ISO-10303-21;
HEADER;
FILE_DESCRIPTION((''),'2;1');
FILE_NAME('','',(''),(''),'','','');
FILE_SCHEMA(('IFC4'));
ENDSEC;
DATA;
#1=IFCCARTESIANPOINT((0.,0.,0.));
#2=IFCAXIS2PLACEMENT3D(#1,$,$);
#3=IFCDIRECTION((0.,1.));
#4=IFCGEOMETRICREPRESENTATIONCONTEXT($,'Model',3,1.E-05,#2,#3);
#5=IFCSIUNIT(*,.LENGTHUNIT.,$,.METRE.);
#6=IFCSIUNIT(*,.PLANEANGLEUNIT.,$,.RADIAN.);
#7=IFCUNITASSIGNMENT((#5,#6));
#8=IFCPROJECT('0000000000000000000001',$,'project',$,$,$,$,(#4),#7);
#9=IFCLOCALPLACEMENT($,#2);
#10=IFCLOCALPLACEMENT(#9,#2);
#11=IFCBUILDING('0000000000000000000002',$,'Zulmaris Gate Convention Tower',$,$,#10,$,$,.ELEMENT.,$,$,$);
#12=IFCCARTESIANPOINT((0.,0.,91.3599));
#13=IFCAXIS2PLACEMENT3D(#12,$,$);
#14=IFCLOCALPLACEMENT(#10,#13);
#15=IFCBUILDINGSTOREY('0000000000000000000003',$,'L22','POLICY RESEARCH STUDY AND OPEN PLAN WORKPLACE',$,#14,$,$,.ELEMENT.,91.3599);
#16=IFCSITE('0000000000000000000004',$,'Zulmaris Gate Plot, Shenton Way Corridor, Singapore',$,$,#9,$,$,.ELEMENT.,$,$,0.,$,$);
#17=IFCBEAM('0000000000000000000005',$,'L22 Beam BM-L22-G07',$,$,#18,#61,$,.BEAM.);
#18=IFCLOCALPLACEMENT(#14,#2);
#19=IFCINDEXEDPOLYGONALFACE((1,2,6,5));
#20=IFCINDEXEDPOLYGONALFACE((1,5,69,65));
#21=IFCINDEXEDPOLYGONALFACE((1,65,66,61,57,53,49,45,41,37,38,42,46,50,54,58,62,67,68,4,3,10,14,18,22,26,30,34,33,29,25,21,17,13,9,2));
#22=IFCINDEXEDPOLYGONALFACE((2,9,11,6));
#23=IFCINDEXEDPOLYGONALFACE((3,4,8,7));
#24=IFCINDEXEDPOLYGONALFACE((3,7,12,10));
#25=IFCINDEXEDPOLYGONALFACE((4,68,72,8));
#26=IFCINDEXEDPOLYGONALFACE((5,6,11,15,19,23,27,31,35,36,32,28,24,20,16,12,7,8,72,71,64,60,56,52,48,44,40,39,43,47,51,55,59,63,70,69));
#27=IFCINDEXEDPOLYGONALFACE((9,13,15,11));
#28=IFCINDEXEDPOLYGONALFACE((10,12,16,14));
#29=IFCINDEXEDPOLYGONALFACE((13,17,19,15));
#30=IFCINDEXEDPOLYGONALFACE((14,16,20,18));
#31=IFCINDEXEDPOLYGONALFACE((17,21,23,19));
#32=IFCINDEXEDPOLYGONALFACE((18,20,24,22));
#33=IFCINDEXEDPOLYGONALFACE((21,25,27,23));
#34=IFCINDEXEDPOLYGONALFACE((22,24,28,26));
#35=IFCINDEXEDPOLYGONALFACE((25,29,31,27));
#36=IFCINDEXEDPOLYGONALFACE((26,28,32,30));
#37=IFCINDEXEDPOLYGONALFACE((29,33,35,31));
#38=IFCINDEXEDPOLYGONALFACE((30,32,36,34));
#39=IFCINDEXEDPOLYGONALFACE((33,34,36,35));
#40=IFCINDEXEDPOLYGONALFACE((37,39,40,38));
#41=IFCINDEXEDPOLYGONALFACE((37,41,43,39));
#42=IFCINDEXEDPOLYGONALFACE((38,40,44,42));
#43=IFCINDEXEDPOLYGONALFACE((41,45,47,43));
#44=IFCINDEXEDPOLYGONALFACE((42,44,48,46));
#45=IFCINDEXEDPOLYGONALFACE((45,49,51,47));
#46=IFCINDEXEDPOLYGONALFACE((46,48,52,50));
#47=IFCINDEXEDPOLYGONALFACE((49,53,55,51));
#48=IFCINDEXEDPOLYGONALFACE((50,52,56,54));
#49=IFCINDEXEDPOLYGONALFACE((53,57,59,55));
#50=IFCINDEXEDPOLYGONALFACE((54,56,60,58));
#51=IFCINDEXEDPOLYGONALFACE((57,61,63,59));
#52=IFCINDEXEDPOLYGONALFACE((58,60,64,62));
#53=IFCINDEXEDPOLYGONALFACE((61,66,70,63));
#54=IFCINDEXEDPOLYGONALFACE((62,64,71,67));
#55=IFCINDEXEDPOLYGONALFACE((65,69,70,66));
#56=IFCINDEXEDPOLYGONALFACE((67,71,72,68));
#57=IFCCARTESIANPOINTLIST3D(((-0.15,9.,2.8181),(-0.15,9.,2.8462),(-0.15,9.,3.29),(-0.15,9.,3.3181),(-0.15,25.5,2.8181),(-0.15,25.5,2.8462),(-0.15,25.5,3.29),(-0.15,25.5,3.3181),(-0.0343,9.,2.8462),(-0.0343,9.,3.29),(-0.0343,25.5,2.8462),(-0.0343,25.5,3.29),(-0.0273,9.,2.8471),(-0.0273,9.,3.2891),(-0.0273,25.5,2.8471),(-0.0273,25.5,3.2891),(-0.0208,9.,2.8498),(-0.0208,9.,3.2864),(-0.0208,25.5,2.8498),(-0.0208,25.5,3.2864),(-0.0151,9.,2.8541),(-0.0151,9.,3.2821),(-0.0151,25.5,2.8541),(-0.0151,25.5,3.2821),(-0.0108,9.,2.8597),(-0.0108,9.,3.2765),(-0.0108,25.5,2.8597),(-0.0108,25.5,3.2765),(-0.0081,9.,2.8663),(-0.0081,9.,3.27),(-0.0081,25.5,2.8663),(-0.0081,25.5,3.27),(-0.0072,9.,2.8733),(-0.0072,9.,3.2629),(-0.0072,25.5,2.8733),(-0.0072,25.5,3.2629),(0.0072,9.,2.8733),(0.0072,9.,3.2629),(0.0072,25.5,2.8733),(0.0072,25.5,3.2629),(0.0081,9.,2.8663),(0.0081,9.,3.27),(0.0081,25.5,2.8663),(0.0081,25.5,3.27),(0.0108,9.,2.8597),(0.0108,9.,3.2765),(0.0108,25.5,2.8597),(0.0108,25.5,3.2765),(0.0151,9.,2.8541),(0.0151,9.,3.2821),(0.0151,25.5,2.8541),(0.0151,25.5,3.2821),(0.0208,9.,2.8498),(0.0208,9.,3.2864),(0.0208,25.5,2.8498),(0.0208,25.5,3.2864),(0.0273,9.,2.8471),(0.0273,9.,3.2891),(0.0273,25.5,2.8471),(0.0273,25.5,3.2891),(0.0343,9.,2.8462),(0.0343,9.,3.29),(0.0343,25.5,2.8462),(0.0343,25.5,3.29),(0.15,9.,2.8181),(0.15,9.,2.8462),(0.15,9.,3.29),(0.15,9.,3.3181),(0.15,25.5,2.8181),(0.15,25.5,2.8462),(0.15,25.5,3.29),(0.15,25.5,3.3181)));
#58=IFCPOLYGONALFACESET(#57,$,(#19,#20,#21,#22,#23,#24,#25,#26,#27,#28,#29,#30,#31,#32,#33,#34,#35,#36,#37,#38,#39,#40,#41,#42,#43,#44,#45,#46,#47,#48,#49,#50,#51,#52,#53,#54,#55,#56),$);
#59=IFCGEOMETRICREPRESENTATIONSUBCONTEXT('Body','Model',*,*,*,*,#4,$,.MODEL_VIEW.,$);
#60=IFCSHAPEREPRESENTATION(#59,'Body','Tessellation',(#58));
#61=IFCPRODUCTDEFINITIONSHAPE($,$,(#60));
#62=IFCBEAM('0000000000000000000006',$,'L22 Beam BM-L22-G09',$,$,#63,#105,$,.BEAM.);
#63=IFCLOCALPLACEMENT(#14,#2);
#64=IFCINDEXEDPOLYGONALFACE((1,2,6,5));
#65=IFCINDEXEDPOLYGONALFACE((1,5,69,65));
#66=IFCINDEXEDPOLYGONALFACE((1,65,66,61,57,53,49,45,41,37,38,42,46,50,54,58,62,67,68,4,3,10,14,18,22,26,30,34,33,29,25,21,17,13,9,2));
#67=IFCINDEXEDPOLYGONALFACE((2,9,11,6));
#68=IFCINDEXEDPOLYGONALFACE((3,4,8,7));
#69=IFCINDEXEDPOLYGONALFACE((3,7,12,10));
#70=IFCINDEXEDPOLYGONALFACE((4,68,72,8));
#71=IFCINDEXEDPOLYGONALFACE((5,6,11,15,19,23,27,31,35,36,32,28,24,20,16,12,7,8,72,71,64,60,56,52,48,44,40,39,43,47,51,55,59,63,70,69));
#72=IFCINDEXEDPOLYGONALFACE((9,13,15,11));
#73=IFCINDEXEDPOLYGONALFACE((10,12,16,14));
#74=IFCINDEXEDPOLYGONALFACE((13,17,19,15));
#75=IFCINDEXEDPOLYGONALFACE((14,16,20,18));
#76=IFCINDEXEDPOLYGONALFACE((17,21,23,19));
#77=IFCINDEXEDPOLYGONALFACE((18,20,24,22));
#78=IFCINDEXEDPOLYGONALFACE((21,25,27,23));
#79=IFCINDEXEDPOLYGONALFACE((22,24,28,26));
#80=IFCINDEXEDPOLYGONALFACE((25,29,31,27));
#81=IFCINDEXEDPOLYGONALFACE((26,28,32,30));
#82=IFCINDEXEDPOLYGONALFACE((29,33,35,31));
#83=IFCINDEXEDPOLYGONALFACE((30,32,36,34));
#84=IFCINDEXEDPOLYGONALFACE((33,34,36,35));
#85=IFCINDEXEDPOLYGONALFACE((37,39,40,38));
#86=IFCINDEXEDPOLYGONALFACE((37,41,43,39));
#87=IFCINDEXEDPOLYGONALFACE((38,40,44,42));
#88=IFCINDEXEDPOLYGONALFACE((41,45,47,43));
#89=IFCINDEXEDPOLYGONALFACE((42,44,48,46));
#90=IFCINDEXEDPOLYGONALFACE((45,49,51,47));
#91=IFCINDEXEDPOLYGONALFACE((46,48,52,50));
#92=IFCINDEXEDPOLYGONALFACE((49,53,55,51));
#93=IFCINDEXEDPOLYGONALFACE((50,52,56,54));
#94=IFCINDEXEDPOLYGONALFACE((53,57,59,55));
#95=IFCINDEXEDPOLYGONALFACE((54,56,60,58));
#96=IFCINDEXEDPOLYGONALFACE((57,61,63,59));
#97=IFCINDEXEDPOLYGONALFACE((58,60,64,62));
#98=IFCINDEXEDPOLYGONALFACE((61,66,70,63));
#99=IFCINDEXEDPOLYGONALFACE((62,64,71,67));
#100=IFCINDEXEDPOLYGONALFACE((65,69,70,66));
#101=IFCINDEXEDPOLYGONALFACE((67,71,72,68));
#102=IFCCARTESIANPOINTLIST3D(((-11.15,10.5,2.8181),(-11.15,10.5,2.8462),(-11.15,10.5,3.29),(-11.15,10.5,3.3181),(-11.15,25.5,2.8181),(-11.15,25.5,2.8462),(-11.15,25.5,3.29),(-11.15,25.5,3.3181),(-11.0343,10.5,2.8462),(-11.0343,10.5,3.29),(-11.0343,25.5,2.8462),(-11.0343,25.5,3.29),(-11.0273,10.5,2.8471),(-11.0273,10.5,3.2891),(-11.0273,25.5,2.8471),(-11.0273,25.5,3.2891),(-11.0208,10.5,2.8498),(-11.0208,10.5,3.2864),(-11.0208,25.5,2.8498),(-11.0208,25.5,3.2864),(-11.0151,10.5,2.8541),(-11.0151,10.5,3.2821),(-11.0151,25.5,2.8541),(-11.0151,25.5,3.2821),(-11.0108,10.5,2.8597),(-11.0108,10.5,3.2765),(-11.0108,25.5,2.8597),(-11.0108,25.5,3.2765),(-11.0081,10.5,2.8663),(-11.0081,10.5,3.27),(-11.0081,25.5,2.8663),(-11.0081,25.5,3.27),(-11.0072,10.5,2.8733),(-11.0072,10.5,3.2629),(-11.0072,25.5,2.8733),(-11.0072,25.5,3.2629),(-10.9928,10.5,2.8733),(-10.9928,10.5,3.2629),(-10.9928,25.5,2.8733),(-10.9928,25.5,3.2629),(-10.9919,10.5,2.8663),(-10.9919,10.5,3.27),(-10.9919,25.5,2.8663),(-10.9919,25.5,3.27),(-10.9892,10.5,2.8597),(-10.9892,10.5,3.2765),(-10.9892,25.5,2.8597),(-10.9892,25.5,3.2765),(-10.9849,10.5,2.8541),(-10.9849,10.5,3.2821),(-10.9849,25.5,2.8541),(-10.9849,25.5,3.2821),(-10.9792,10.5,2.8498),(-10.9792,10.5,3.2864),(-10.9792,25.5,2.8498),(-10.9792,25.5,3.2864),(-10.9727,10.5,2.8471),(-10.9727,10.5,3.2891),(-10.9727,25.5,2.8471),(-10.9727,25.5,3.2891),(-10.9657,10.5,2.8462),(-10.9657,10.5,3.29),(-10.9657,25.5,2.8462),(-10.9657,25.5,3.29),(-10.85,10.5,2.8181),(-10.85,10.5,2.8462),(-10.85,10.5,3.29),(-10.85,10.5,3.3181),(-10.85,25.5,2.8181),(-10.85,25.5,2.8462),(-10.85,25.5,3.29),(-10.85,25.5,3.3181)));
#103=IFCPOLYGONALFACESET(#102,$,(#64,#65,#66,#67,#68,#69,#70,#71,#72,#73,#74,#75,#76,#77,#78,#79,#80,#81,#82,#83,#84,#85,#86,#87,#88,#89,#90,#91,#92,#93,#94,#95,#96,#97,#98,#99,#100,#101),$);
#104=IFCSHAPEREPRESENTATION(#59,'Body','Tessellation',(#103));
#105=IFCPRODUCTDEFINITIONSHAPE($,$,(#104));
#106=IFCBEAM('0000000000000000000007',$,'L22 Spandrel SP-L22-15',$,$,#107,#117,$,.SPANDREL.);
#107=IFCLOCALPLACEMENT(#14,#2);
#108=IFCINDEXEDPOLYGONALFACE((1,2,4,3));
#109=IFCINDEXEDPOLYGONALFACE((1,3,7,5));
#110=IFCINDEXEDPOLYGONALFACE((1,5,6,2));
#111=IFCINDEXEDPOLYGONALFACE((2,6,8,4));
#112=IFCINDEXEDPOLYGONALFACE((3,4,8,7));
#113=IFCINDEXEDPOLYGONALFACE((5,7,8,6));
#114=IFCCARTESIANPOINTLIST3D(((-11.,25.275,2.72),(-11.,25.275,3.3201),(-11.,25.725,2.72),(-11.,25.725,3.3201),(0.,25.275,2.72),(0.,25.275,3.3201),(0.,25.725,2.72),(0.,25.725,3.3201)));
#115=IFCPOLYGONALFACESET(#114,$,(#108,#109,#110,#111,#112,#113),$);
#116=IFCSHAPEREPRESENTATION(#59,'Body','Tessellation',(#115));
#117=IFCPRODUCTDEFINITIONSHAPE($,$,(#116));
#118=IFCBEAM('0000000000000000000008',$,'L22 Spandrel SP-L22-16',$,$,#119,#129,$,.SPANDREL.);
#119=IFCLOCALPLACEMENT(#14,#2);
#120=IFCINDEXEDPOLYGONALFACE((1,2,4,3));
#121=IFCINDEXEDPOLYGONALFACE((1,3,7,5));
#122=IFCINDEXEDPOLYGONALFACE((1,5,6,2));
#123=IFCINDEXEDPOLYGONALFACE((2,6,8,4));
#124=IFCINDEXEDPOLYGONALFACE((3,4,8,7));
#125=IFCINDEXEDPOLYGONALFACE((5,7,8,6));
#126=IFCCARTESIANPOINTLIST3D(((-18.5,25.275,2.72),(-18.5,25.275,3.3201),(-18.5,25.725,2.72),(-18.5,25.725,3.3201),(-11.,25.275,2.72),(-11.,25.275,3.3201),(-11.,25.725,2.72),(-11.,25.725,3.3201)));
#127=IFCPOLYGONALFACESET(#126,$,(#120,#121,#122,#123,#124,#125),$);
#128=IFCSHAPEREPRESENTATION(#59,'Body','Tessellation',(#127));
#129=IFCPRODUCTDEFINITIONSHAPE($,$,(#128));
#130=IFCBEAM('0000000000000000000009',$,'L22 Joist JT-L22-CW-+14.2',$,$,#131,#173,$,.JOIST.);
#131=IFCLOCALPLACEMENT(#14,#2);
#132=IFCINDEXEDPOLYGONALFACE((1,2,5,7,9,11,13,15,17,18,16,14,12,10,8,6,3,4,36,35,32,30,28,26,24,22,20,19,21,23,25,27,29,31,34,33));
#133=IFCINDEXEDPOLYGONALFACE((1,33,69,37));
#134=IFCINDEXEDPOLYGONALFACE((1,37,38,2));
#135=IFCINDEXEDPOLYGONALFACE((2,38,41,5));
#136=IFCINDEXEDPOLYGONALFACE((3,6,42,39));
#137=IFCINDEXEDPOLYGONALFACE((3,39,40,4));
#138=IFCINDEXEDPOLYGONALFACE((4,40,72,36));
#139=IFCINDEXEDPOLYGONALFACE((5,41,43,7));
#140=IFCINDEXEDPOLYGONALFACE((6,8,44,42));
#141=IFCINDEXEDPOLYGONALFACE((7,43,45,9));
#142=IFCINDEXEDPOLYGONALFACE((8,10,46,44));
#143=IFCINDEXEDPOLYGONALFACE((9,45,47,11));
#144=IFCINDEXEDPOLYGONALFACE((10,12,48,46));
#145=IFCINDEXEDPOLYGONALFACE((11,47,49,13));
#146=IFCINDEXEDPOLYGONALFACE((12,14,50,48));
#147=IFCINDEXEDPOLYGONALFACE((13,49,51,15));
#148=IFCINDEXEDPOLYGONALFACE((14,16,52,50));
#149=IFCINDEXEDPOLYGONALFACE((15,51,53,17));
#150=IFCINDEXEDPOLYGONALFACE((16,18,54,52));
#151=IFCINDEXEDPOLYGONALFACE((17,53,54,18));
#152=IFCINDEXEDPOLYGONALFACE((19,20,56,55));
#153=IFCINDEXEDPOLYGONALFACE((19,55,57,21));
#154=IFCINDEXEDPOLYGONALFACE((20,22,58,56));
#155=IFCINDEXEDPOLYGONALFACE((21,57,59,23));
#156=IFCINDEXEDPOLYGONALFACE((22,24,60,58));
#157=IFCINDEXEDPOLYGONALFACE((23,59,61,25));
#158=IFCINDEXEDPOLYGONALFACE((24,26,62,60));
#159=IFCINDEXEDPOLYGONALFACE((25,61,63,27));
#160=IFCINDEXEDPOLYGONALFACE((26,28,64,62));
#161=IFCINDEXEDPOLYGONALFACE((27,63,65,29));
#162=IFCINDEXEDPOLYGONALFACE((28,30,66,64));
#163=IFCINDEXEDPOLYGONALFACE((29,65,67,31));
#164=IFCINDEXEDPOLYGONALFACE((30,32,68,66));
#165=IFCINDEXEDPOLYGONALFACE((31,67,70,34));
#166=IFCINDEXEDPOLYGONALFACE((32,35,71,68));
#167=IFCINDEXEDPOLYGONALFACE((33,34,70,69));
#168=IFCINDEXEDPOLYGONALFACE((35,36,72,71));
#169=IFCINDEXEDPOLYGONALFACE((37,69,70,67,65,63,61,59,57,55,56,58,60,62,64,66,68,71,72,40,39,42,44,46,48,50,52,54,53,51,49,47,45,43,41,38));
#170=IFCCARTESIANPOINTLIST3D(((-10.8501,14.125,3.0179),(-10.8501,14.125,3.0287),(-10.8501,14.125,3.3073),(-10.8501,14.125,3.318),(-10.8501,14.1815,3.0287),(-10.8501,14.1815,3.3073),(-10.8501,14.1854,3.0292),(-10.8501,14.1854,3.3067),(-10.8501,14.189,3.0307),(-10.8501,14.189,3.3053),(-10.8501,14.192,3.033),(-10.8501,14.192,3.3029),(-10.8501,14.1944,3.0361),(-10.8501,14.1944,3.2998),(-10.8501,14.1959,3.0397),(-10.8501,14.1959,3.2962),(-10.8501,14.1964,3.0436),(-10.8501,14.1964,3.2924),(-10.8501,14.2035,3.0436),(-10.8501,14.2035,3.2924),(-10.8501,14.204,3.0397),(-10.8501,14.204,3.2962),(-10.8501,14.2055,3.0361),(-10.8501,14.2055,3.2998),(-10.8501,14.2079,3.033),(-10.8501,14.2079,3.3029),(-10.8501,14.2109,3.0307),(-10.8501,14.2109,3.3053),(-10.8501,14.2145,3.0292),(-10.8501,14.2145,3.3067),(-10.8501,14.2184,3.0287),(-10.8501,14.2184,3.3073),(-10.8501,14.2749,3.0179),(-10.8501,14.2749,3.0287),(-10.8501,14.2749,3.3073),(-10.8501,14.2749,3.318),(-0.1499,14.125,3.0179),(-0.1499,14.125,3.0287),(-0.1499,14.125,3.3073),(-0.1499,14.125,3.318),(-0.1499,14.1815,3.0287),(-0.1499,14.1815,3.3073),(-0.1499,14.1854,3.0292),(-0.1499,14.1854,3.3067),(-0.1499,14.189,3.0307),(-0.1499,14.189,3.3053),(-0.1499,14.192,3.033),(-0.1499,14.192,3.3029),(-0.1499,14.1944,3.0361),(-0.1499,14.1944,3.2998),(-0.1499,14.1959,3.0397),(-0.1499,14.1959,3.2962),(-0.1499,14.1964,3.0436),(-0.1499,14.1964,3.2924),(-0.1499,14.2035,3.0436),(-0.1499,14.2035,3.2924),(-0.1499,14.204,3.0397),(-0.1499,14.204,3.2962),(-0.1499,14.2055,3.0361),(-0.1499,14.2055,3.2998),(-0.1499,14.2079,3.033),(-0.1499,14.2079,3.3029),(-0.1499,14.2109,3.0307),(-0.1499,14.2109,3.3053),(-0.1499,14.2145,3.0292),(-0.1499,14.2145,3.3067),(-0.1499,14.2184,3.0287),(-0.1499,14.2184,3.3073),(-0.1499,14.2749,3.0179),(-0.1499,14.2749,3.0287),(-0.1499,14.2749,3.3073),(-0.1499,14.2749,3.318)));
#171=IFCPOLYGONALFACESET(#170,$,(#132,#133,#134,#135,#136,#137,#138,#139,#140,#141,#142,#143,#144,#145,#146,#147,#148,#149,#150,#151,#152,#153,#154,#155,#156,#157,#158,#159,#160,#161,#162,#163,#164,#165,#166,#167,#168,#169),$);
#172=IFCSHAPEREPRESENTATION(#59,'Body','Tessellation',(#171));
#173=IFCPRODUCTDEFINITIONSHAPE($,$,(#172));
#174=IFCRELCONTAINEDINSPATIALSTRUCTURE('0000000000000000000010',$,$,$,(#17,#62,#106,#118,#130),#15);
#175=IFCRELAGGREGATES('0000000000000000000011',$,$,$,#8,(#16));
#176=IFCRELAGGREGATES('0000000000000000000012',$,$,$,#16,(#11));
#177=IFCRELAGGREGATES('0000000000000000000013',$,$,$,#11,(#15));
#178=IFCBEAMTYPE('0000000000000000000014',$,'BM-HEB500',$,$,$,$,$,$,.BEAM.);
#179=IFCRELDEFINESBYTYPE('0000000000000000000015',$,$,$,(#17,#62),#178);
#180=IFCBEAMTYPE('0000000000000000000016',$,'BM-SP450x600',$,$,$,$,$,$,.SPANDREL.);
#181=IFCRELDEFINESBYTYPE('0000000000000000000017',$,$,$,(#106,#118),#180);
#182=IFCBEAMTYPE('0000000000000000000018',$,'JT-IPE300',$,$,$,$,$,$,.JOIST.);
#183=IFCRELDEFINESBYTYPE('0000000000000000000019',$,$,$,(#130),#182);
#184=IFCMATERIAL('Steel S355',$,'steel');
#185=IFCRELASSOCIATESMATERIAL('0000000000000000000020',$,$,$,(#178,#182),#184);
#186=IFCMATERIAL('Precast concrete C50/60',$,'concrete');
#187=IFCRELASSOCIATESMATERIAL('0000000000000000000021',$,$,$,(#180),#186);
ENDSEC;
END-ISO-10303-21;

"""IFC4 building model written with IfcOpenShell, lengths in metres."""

from ifc_helpers import new_model, si_unit, direction, frame, origin, origin_2d, place, context, subcontext, project, spatial, rectangle, i_section, extrude, material, material_profile, profile_set, type_object, element, save


model = new_model("IFC4")

# Units and contexts
model_context = context("Model", 3, precision=1e-05, world=origin(), true_north=direction((0.0, 1.0)))
body_context = subcontext(model_context, "Body", "Model", "MODEL_VIEW")
ifc_project = project(units=[si_unit("LENGTHUNIT", "METRE"), si_unit("PLANEANGLEUNIT", "RADIAN")], contexts=[model_context])

# Site, building, storey
site_placement = place(None, origin())
site = spatial("IfcSite", under=ifc_project, at=site_placement, Name="Zulmaris Gate Plot, Shenton Way Corridor, Singapore", CompositionType="ELEMENT", RefElevation=0.0)
building_placement = place(site_placement, origin())
building = spatial("IfcBuilding", under=site, at=building_placement, Name="Zulmaris Gate Convention Tower", CompositionType="ELEMENT")
storey_placement = place(building_placement, frame((0.0, 0.0, 91.3599)))
storey = spatial("IfcBuildingStorey", under=building, at=storey_placement, Name="L22", Description="POLICY RESEARCH STUDY AND OPEN PLAN WORKPLACE", CompositionType="ELEMENT", Elevation=91.3599)

# Beams
ifc_material_1 = material(Name="Steel S355", Category="steel")
ifc_material_profile_1 = material_profile(ifc_material_1, i_section(OverallWidth=0.3, OverallDepth=0.5, WebThickness=0.0144, FlangeThickness=0.0281, FilletRadius=0.0271, at=origin_2d()), Name="HEB 500")
ifc_profile_set_1 = profile_set([ifc_material_profile_1], Name="Steel S355")
beam_type_1 = type_object("IfcBeamType", Name="BM-HEB500", PredefinedType="BEAM", material=ifc_profile_set_1)
beam_1_placement = place(storey_placement, frame((0.0, 9.0, 3.0681), z_axis=(0.0, 1.0, 0.0), x_axis=(-1.0, 0.0, 0.0)))
element("IfcBeam", 1, at=beam_1_placement, inside=storey, type_object=beam_type_1, Name="L22 Beam BM-L22-G07", PredefinedType="BEAM", context=body_context, shape_type="SweptSolid", body=[
    extrude(i_section(OverallWidth=0.3, OverallDepth=0.5, WebThickness=0.0144, FlangeThickness=0.0281, FilletRadius=0.0271, at=origin_2d()), origin(), (0.0, 0.0, 1.0), 16.5),
])
beam_2_placement = place(storey_placement, frame((-11.0, 10.5, 3.0681), z_axis=(0.0, 1.0, 0.0), x_axis=(-1.0, 0.0, 0.0)))
element("IfcBeam", 2, at=beam_2_placement, inside=storey, type_object=beam_type_1, Name="L22 Beam BM-L22-G09", PredefinedType="BEAM", context=body_context, shape_type="SweptSolid", body=[
    extrude(i_section(OverallWidth=0.3, OverallDepth=0.5, WebThickness=0.0144, FlangeThickness=0.0281, FilletRadius=0.0271, at=origin_2d()), origin(), (0.0, 0.0, 1.0), 15.0),
])
ifc_material_2 = material(Name="Precast concrete C50/60", Category="concrete")
ifc_material_profile_2 = material_profile(ifc_material_2, rectangle(XDim=0.45, YDim=0.6001, at=origin_2d()), Name="RC SPANDREL 450x600")
ifc_profile_set_2 = profile_set([ifc_material_profile_2], Name="Precast concrete C50/60")
beam_type_2 = type_object("IfcBeamType", Name="BM-SP450x600", PredefinedType="SPANDREL", material=ifc_profile_set_2)
beam_3_placement = place(storey_placement, frame((0.0, 25.5, 3.02), z_axis=(-1.0, 0.0, 0.0), x_axis=(0.0, -1.0, 0.0)))
element("IfcBeam", 3, at=beam_3_placement, inside=storey, type_object=beam_type_2, Name="L22 Spandrel SP-L22-15", PredefinedType="SPANDREL", context=body_context, shape_type="SweptSolid", body=[
    extrude(rectangle(XDim=0.45, YDim=0.6001, at=origin_2d()), origin(), (0.0, 0.0, 1.0), 11.0),
])
beam_4_placement = place(storey_placement, frame((-11.0, 25.5, 3.02), z_axis=(-1.0, 0.0, 0.0), x_axis=(0.0, -1.0, 0.0)))
element("IfcBeam", 4, at=beam_4_placement, inside=storey, type_object=beam_type_2, Name="L22 Spandrel SP-L22-16", PredefinedType="SPANDREL", context=body_context, shape_type="SweptSolid", body=[
    extrude(rectangle(XDim=0.45, YDim=0.6001, at=origin_2d()), origin(), (0.0, 0.0, 1.0), 7.5),
])
ifc_material_profile_3 = material_profile(ifc_material_1, i_section(OverallWidth=0.1499, OverallDepth=0.3, WebThickness=0.0071, FlangeThickness=0.0107, FilletRadius=0.0149, at=origin_2d()), Name="IPE 300")
ifc_profile_set_3 = profile_set([ifc_material_profile_3], Name="Steel S355")
beam_type_3 = type_object("IfcBeamType", Name="JT-IPE300", PredefinedType="JOIST", material=ifc_profile_set_3)
for number, where, z_axis, x_axis, name in (
    (5, (-10.8501, 14.2, 3.168), (1.0, 0.0, 0.0), (0.0, 1.0, 0.0), "L22 Joist JT-L22-CW-+14.2"),
):
    element("IfcBeam", number, at=place(storey_placement, frame(where, z_axis=z_axis, x_axis=x_axis)), inside=storey, type_object=beam_type_3, Name=name, PredefinedType="JOIST", context=body_context, shape_type="SweptSolid", body=[
        extrude(i_section(OverallWidth=0.1499, OverallDepth=0.3, WebThickness=0.0071, FlangeThickness=0.0107, FilletRadius=0.0149, at=origin_2d()), origin(), (0.0, 0.0, 1.0), 10.7002),
    ])

save(model, "model.ifc")
